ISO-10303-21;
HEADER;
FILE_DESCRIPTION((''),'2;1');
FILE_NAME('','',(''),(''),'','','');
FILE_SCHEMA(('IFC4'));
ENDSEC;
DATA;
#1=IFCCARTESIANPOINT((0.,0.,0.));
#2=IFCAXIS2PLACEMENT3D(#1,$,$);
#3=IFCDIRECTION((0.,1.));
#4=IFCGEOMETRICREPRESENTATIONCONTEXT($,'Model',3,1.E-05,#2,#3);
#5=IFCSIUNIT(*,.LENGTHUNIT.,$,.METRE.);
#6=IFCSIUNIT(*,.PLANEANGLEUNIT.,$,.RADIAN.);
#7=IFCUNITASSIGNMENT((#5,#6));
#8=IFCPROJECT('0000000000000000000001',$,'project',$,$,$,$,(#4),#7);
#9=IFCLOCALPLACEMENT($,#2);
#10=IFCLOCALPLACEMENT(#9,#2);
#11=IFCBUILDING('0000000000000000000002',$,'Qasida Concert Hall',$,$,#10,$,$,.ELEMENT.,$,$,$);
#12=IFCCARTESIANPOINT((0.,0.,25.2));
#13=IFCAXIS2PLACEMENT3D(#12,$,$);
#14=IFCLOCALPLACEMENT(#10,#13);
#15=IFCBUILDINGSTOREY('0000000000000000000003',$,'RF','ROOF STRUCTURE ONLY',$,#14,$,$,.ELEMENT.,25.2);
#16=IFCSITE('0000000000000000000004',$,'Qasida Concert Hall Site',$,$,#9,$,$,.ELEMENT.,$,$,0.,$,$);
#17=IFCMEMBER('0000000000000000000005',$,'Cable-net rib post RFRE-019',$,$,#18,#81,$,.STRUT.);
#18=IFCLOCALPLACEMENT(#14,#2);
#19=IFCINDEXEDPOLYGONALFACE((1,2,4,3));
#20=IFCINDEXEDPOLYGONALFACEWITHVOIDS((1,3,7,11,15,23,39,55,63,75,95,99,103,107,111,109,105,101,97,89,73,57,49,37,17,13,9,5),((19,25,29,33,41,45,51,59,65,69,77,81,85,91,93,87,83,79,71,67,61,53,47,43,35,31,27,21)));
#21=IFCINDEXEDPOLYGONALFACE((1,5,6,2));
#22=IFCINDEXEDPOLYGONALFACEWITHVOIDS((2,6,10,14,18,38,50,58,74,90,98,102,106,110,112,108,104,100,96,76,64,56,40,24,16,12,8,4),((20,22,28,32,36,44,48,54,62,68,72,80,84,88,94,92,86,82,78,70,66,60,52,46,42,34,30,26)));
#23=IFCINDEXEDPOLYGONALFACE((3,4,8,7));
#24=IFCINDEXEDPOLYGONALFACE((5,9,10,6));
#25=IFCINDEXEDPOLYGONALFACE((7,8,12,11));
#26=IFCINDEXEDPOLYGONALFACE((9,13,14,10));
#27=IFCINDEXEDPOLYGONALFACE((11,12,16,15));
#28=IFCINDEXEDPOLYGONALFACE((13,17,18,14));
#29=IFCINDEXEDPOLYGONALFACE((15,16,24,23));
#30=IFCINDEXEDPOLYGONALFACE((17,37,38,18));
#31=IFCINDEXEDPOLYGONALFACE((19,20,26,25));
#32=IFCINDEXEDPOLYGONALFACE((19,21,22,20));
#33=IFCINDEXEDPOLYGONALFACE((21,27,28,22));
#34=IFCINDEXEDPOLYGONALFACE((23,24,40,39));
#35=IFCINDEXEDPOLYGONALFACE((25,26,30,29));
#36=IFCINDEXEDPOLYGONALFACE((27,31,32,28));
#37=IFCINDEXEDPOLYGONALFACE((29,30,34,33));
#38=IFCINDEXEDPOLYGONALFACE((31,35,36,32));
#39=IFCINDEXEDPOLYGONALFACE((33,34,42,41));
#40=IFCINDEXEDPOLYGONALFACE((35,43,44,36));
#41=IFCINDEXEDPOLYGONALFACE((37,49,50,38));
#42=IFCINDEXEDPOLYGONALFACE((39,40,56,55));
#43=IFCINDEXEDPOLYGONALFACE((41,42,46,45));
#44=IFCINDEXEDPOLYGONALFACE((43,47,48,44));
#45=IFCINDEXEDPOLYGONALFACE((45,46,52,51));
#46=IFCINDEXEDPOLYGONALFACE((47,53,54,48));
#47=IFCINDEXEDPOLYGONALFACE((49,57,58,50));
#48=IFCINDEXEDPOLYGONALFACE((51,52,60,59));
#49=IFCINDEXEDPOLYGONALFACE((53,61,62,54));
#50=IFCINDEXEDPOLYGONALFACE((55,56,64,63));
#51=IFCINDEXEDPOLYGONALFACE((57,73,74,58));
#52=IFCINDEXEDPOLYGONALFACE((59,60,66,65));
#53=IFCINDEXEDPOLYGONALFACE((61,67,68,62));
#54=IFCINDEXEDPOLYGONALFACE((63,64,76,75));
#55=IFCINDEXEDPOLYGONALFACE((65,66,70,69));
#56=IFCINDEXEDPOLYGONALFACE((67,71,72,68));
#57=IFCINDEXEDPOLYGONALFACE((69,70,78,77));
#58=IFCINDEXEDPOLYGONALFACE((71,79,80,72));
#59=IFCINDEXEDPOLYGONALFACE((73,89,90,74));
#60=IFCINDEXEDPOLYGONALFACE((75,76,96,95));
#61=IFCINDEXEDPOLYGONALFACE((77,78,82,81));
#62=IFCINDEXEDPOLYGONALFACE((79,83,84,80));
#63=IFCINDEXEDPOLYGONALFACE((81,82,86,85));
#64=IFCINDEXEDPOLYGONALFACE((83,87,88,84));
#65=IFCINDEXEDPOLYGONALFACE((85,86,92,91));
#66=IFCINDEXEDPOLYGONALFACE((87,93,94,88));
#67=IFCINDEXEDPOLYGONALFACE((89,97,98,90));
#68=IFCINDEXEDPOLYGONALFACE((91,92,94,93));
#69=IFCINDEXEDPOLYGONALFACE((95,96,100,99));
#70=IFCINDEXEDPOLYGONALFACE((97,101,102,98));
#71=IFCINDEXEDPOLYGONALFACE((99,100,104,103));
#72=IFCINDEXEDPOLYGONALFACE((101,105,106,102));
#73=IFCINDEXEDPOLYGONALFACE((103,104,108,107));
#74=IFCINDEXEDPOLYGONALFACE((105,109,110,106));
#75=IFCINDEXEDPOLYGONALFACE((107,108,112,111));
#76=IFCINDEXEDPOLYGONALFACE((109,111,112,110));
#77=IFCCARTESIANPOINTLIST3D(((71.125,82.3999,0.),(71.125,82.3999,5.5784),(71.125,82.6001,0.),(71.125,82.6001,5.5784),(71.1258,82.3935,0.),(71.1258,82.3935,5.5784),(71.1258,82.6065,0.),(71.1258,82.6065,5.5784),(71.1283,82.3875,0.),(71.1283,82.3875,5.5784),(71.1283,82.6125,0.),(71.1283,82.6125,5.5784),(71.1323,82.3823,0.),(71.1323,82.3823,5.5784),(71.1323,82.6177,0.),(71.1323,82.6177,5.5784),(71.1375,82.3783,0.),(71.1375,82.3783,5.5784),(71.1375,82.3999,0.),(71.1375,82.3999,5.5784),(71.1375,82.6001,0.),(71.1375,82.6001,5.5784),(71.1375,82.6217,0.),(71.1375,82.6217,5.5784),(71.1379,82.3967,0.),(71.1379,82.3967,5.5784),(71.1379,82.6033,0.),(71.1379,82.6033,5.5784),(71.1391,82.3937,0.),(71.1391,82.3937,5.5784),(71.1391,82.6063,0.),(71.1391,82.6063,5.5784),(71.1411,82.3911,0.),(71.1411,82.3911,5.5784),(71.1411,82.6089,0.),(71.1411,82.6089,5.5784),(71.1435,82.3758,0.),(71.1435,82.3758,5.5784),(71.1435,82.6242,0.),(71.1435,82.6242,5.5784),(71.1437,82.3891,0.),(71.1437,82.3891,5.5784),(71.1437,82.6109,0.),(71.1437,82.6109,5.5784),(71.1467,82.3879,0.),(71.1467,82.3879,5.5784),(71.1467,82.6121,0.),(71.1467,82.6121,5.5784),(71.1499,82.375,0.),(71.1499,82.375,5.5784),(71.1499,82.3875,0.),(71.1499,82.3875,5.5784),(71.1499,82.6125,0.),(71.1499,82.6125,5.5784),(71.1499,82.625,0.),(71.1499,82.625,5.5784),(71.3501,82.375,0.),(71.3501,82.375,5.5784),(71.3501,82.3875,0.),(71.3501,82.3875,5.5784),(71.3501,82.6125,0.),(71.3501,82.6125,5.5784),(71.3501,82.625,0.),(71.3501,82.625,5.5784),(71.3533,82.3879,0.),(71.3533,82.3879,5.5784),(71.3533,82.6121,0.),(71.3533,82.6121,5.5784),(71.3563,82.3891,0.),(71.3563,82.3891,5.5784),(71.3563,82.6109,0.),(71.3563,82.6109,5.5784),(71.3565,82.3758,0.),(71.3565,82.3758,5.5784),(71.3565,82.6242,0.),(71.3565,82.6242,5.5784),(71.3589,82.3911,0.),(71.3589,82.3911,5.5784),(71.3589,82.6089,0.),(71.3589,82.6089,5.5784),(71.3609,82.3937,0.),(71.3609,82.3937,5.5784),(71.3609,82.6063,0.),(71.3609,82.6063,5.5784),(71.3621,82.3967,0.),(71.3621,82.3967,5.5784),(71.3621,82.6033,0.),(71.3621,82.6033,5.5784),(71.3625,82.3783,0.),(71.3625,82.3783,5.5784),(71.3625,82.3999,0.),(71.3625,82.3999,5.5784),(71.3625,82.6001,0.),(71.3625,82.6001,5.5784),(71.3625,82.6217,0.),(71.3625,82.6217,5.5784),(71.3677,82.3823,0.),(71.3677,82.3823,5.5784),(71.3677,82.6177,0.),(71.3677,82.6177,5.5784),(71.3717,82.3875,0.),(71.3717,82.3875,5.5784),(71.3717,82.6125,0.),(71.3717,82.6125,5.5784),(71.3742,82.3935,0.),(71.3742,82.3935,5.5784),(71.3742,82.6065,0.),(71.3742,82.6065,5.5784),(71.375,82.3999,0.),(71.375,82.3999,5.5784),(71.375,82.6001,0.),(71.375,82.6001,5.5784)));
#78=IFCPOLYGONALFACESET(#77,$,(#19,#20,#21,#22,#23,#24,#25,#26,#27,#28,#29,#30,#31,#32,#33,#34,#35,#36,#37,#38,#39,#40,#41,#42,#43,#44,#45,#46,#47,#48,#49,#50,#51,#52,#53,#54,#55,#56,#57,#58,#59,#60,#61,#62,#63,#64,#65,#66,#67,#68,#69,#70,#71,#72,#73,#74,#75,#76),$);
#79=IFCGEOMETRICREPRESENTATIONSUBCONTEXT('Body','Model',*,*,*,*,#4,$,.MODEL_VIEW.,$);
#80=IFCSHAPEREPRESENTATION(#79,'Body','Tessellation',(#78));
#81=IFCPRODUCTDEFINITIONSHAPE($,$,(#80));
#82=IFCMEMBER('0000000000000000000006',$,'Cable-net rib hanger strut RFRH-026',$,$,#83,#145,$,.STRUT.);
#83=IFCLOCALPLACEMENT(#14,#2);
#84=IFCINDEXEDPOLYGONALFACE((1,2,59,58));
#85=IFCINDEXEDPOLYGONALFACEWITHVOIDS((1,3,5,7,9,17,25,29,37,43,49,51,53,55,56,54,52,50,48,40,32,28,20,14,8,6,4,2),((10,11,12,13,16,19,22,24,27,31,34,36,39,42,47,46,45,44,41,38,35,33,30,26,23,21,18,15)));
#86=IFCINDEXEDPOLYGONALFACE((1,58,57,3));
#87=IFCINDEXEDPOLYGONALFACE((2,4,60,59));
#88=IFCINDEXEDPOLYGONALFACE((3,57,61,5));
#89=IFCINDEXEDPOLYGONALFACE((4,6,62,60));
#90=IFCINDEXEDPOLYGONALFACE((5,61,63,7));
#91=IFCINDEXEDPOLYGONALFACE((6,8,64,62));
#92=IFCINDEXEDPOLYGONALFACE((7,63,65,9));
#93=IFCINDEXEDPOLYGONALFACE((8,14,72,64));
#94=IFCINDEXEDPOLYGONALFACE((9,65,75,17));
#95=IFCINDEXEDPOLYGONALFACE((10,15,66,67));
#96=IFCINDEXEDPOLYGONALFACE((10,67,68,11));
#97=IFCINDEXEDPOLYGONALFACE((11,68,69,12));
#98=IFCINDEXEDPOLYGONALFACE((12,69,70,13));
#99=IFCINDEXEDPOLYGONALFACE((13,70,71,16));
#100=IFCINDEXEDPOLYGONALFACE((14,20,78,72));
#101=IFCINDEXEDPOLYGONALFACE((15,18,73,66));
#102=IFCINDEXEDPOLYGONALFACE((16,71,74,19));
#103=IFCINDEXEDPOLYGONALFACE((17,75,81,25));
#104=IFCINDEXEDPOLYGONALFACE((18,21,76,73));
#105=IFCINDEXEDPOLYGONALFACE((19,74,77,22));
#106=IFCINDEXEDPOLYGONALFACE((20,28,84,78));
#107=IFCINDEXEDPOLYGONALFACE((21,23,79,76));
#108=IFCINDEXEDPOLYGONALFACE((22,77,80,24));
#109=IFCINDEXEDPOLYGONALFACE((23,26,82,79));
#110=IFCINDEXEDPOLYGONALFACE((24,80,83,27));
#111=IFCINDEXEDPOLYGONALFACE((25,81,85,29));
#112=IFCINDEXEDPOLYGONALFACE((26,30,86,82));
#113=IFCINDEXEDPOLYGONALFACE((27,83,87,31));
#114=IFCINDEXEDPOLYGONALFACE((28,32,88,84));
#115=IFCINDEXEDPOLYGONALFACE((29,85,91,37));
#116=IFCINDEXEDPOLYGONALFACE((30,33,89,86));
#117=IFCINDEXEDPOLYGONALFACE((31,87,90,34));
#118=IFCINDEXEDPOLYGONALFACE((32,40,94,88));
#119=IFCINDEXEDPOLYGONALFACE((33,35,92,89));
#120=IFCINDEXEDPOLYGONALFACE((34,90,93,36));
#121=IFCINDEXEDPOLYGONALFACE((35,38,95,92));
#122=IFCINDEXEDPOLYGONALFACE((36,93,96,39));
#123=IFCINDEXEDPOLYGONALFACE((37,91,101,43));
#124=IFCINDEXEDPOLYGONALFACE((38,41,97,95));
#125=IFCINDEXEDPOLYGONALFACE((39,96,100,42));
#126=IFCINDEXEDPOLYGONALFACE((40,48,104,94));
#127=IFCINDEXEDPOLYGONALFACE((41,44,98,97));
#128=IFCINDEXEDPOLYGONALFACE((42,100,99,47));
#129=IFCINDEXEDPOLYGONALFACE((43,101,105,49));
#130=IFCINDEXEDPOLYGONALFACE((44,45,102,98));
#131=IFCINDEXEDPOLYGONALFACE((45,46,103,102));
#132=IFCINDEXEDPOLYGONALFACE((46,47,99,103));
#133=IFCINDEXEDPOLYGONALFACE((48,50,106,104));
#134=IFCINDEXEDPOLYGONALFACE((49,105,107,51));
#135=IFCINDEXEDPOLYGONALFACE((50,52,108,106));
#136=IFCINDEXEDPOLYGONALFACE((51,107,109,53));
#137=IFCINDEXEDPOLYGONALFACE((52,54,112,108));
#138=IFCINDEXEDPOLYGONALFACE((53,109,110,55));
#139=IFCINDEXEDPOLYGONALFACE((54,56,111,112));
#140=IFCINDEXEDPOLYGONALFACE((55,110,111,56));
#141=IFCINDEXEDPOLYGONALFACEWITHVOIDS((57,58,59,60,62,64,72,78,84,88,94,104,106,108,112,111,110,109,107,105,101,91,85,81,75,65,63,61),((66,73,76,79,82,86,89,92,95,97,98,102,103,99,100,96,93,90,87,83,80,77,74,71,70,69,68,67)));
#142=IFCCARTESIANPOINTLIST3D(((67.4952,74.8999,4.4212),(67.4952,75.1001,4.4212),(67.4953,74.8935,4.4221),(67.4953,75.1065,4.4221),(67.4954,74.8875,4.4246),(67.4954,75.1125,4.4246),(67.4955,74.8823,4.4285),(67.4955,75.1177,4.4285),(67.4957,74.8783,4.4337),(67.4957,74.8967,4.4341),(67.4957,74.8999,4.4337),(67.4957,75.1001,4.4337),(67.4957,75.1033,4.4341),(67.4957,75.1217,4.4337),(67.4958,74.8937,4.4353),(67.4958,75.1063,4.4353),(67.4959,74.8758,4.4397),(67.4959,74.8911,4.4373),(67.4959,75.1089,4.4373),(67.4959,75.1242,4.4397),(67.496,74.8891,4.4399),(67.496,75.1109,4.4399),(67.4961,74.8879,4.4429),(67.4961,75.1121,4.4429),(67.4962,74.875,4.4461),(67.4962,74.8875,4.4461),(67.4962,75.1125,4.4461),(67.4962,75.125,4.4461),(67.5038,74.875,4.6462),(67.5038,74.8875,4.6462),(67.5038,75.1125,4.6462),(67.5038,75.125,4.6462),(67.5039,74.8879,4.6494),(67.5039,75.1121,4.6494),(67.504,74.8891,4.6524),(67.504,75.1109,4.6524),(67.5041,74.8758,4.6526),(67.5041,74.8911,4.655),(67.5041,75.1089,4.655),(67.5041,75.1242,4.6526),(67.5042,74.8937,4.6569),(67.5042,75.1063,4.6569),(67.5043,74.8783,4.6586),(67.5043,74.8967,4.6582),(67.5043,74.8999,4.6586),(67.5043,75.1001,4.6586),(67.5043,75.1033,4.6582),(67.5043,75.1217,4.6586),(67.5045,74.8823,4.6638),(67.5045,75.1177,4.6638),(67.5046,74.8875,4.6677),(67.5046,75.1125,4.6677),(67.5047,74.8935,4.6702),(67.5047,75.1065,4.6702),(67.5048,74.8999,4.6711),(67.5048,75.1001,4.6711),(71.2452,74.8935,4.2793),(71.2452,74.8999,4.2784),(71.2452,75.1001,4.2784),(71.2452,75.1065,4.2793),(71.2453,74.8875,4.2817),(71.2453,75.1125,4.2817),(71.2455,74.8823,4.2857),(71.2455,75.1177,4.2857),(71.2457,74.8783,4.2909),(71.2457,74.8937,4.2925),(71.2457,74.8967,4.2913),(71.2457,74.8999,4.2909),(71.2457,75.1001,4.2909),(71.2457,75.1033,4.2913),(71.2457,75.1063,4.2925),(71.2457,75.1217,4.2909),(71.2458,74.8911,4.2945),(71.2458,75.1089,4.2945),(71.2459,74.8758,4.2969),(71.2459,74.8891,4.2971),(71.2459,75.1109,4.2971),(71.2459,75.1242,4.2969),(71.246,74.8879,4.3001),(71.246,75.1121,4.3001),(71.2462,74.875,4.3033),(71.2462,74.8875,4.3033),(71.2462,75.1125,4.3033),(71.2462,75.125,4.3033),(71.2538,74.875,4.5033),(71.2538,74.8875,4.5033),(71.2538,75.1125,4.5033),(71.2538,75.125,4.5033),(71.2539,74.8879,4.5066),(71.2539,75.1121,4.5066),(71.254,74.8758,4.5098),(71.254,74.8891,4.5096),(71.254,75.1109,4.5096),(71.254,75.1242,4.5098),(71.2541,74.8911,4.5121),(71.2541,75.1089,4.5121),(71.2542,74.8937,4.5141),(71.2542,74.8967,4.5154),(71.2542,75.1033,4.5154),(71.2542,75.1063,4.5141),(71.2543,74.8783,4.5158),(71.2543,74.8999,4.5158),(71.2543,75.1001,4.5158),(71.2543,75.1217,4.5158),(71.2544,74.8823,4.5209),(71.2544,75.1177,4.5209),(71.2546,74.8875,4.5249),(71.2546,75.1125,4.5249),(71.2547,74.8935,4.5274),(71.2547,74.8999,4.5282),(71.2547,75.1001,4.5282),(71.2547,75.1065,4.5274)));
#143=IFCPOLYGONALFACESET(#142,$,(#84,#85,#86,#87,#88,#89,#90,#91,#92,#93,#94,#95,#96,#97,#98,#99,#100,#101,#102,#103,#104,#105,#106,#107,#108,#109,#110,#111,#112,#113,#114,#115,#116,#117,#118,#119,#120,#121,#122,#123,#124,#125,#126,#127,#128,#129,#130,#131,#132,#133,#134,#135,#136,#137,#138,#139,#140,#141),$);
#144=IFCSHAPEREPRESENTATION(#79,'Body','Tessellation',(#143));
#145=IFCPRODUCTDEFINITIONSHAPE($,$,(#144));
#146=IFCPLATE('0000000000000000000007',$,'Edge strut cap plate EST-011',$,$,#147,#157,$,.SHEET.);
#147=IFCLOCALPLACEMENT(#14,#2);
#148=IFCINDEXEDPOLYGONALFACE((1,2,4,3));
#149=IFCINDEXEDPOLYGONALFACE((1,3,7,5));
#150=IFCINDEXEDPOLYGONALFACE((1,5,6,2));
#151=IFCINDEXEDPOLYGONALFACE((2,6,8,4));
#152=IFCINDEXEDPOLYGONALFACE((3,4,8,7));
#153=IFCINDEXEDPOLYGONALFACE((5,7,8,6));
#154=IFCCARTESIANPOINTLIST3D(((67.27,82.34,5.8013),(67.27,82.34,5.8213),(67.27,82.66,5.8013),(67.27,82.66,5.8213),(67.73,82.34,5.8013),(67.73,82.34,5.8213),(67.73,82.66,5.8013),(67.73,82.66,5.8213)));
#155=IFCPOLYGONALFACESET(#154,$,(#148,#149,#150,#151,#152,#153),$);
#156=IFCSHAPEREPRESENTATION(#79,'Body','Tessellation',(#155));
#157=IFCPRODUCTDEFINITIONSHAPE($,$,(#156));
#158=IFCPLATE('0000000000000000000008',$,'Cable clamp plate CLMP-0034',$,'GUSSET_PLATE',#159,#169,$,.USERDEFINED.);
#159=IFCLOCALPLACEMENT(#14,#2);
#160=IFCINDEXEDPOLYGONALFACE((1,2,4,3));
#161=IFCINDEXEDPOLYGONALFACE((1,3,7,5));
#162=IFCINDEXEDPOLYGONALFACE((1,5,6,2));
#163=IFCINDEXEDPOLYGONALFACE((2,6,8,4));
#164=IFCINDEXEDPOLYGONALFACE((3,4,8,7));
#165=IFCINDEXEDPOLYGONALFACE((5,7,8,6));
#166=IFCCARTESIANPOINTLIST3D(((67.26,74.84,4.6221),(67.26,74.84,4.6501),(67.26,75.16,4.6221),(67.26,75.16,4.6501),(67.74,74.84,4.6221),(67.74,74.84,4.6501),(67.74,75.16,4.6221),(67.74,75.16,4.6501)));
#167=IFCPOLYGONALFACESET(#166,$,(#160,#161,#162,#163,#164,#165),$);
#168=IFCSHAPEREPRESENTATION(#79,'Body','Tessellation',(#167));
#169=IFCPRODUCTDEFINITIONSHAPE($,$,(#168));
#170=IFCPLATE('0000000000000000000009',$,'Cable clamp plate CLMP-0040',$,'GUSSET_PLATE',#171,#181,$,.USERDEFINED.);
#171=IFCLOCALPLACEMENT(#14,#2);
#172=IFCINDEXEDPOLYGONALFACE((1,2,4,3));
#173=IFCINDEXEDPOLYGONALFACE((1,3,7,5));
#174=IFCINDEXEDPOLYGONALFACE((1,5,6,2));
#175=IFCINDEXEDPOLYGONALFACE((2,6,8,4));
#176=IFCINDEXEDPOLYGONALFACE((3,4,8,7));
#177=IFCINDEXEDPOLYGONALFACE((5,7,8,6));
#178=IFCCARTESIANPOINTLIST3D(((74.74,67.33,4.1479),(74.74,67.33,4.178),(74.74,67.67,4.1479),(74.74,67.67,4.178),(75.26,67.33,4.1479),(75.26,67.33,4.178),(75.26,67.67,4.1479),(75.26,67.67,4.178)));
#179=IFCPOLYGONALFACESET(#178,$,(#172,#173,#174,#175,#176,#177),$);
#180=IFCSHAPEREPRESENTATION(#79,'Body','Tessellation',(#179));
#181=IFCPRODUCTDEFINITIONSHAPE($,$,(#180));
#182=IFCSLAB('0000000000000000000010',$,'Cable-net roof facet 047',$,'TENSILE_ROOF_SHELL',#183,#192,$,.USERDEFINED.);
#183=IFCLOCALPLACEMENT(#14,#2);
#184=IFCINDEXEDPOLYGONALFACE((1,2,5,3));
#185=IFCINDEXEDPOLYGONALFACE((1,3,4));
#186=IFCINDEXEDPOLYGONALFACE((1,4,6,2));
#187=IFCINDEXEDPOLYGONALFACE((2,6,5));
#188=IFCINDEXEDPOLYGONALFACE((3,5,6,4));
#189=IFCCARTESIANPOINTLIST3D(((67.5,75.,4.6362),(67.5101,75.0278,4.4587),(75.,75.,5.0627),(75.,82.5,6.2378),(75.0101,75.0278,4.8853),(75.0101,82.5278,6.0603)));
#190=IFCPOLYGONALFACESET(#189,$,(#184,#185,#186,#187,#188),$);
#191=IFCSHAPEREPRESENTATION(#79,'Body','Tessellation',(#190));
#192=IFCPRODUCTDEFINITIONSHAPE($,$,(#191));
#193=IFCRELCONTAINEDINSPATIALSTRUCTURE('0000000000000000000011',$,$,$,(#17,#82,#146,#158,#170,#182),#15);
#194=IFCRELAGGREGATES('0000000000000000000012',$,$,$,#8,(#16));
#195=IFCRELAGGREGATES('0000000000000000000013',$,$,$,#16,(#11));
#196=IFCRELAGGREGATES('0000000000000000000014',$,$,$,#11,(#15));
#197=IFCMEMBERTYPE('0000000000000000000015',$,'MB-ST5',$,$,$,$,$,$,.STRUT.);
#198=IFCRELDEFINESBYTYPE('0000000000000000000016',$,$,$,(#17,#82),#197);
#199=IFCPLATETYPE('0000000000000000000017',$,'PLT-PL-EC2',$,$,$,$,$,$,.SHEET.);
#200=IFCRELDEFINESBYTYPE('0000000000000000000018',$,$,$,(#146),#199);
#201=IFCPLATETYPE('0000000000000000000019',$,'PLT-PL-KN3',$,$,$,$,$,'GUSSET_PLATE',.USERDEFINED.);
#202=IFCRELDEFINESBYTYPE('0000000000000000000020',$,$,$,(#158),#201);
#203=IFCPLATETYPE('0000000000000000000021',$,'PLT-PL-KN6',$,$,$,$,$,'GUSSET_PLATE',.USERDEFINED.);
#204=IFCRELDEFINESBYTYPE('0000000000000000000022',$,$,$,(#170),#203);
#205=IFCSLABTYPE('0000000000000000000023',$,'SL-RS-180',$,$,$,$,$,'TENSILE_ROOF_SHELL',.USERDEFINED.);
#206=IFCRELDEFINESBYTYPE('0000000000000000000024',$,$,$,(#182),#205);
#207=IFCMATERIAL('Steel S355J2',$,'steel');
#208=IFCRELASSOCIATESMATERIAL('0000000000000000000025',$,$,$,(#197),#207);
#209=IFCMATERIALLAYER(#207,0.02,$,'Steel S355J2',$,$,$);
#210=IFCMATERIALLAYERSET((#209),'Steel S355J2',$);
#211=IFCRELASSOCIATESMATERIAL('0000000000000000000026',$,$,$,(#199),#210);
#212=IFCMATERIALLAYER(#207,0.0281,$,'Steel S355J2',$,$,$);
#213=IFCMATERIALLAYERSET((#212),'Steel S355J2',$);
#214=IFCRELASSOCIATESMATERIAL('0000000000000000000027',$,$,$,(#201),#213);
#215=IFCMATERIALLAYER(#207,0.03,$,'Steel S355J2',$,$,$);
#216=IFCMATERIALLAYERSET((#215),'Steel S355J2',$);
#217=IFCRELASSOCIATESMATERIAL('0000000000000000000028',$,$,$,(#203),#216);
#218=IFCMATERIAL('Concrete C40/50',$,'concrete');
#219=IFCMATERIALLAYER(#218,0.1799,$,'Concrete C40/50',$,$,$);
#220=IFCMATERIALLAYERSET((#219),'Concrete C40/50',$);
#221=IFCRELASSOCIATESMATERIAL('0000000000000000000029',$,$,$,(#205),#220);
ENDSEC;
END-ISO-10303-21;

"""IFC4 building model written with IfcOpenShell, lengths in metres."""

from ifc_helpers import new_model, si_unit, direction, frame, origin, origin_2d, place, context, subcontext, project, spatial, polyline, rectangle, hollow_rectangle, outline, extrude, material, layer, layer_set, material_profile, profile_set, type_object, element, save


model = new_model("IFC4")

# Units and contexts
model_context = context("Model", 3, precision=1e-05, world=origin(), true_north=direction((0.0, 1.0)))
body_context = subcontext(model_context, "Body", "Model", "MODEL_VIEW")
ifc_project = project(units=[si_unit("LENGTHUNIT", "METRE"), si_unit("PLANEANGLEUNIT", "RADIAN")], contexts=[model_context])

# Site, building, storey
site_placement = place(None, origin())
site = spatial("IfcSite", under=ifc_project, at=site_placement, Name="Qasida Concert Hall Site", CompositionType="ELEMENT", RefElevation=0.0)
building_placement = place(site_placement, origin())
building = spatial("IfcBuilding", under=site, at=building_placement, Name="Qasida Concert Hall", CompositionType="ELEMENT")
storey_placement = place(building_placement, frame((0.0, 0.0, 25.2)))
storey = spatial("IfcBuildingStorey", under=building, at=storey_placement, Name="RF", Description="ROOF STRUCTURE ONLY", CompositionType="ELEMENT", Elevation=25.2)

# Members
ifc_material_1 = material(Name="Steel S355J2", Category="steel")
ifc_material_profile_1 = material_profile(ifc_material_1, hollow_rectangle(XDim=0.25, YDim=0.25, WallThickness=0.0125, InnerFilletRadius=0.0125, OuterFilletRadius=0.0249, at=origin_2d()), Name="SHS 250x250x12.5")
ifc_profile_set_1 = profile_set([ifc_material_profile_1], Name="Steel S355J2")
member_type_1 = type_object("IfcMemberType", Name="MB-ST5", PredefinedType="STRUT", material=ifc_profile_set_1)
member_1_placement = place(storey_placement, frame((71.25, 82.5, 0.0), z_axis=(0.0, 0.0, 1.0), x_axis=(1.0, 0.0, 0.0)))
element("IfcMember", 1, at=member_1_placement, inside=storey, type_object=member_type_1, Name="Cable-net rib post RFRE-019", PredefinedType="STRUT", context=body_context, shape_type="SweptSolid", body=[
    extrude(hollow_rectangle(XDim=0.25, YDim=0.25, WallThickness=0.0125, InnerFilletRadius=0.0125, OuterFilletRadius=0.0249, at=origin_2d()), origin(), (0.0, 0.0, 1.0), 5.5784),
])
member_2_placement = place(storey_placement, frame((67.5, 75.0, 4.5461), z_axis=(0.999276, 0.0, -0.038058), x_axis=(0.0, 1.0, 0.0)))
element("IfcMember", 2, at=member_2_placement, inside=storey, type_object=member_type_1, Name="Cable-net rib hanger strut RFRH-026", PredefinedType="STRUT", context=body_context, shape_type="SweptSolid", body=[
    extrude(hollow_rectangle(XDim=0.25, YDim=0.25, WallThickness=0.0125, InnerFilletRadius=0.0125, OuterFilletRadius=0.0249, at=origin_2d()), origin(), (0.0, 0.0, 1.0), 3.7527),
])

# Plates
ifc_layer_1 = layer(ifc_material_1, 0.02, Name="Steel S355J2")
ifc_layer_set_1 = layer_set([ifc_layer_1], Name="Steel S355J2")
plate_type_1 = type_object("IfcPlateType", Name="PLT-PL-EC2", PredefinedType="SHEET", material=ifc_layer_set_1)
plate_1_placement = place(storey_placement, frame((67.5, 82.5, 5.8013), z_axis=(0.0, 0.0, 1.0), x_axis=(1.0, 0.0, 0.0)))
element("IfcPlate", 3, at=plate_1_placement, inside=storey, type_object=plate_type_1, Name="Edge strut cap plate EST-011", PredefinedType="SHEET", context=body_context, shape_type="SweptSolid", body=[
    extrude(rectangle(XDim=0.46, YDim=0.3201, at=origin_2d()), origin(), (0.0, 0.0, 1.0), 0.02),
])
ifc_layer_2 = layer(ifc_material_1, 0.0281, Name="Steel S355J2")
ifc_layer_set_2 = layer_set([ifc_layer_2], Name="Steel S355J2")
plate_type_2 = type_object("IfcPlateType", Name="PLT-PL-KN3", ElementType="GUSSET_PLATE", PredefinedType="USERDEFINED", material=ifc_layer_set_2)
plate_2_placement = place(storey_placement, frame((67.5, 75.0, 4.6221), z_axis=(0.0, 0.0, 1.0), x_axis=(1.0, 0.0, 0.0)))
element("IfcPlate", 4, at=plate_2_placement, inside=storey, type_object=plate_type_2, Name="Cable clamp plate CLMP-0034", ObjectType="GUSSET_PLATE", PredefinedType="USERDEFINED", context=body_context, shape_type="SweptSolid", body=[
    extrude(rectangle(XDim=0.48, YDim=0.3201, at=origin_2d()), origin(), (0.0, 0.0, 1.0), 0.0281),
])
ifc_layer_3 = layer(ifc_material_1, 0.03, Name="Steel S355J2")
ifc_layer_set_3 = layer_set([ifc_layer_3], Name="Steel S355J2")
plate_type_3 = type_object("IfcPlateType", Name="PLT-PL-KN6", ElementType="GUSSET_PLATE", PredefinedType="USERDEFINED", material=ifc_layer_set_3)
plate_3_placement = place(storey_placement, frame((75.0, 67.5, 4.1479), z_axis=(0.0, 0.0, 1.0), x_axis=(1.0, 0.0, 0.0)))
element("IfcPlate", 5, at=plate_3_placement, inside=storey, type_object=plate_type_3, Name="Cable clamp plate CLMP-0040", ObjectType="GUSSET_PLATE", PredefinedType="USERDEFINED", context=body_context, shape_type="SweptSolid", body=[
    extrude(rectangle(XDim=0.52, YDim=0.3401, at=origin_2d()), origin(), (0.0, 0.0, 1.0), 0.03),
])

# Slab
ifc_material_2 = material(Name="Concrete C40/50", Category="concrete")
ifc_layer_4 = layer(ifc_material_2, 0.1799, Name="Concrete C40/50")
ifc_layer_set_4 = layer_set([ifc_layer_4], Name="Concrete C40/50")
slab_type = type_object("IfcSlabType", Name="SL-RS-180", ElementType="TENSILE_ROOF_SHELL", PredefinedType="USERDEFINED", material=ifc_layer_set_4)
slab_1_placement = place(storey_placement, frame((67.5, 75.0, 4.6362), z_axis=(-0.056095, -0.154541, 0.986393), x_axis=(0.998387, 0.0, 0.056777)))
element("IfcSlab", 6, at=slab_1_placement, inside=storey, type_object=slab_type, Name="Cable-net roof facet 047", ObjectType="TENSILE_ROOF_SHELL", PredefinedType="USERDEFINED", context=body_context, shape_type="SweptSolid", body=[
    extrude(outline(polyline([(0.0, 0.0), (7.5121, 0.0), (7.5788, 7.5912), (0.0, 0.0)])), origin(), (0.0, 0.0, -1.0), 0.1799),
])

save(model, "model.ifc")
